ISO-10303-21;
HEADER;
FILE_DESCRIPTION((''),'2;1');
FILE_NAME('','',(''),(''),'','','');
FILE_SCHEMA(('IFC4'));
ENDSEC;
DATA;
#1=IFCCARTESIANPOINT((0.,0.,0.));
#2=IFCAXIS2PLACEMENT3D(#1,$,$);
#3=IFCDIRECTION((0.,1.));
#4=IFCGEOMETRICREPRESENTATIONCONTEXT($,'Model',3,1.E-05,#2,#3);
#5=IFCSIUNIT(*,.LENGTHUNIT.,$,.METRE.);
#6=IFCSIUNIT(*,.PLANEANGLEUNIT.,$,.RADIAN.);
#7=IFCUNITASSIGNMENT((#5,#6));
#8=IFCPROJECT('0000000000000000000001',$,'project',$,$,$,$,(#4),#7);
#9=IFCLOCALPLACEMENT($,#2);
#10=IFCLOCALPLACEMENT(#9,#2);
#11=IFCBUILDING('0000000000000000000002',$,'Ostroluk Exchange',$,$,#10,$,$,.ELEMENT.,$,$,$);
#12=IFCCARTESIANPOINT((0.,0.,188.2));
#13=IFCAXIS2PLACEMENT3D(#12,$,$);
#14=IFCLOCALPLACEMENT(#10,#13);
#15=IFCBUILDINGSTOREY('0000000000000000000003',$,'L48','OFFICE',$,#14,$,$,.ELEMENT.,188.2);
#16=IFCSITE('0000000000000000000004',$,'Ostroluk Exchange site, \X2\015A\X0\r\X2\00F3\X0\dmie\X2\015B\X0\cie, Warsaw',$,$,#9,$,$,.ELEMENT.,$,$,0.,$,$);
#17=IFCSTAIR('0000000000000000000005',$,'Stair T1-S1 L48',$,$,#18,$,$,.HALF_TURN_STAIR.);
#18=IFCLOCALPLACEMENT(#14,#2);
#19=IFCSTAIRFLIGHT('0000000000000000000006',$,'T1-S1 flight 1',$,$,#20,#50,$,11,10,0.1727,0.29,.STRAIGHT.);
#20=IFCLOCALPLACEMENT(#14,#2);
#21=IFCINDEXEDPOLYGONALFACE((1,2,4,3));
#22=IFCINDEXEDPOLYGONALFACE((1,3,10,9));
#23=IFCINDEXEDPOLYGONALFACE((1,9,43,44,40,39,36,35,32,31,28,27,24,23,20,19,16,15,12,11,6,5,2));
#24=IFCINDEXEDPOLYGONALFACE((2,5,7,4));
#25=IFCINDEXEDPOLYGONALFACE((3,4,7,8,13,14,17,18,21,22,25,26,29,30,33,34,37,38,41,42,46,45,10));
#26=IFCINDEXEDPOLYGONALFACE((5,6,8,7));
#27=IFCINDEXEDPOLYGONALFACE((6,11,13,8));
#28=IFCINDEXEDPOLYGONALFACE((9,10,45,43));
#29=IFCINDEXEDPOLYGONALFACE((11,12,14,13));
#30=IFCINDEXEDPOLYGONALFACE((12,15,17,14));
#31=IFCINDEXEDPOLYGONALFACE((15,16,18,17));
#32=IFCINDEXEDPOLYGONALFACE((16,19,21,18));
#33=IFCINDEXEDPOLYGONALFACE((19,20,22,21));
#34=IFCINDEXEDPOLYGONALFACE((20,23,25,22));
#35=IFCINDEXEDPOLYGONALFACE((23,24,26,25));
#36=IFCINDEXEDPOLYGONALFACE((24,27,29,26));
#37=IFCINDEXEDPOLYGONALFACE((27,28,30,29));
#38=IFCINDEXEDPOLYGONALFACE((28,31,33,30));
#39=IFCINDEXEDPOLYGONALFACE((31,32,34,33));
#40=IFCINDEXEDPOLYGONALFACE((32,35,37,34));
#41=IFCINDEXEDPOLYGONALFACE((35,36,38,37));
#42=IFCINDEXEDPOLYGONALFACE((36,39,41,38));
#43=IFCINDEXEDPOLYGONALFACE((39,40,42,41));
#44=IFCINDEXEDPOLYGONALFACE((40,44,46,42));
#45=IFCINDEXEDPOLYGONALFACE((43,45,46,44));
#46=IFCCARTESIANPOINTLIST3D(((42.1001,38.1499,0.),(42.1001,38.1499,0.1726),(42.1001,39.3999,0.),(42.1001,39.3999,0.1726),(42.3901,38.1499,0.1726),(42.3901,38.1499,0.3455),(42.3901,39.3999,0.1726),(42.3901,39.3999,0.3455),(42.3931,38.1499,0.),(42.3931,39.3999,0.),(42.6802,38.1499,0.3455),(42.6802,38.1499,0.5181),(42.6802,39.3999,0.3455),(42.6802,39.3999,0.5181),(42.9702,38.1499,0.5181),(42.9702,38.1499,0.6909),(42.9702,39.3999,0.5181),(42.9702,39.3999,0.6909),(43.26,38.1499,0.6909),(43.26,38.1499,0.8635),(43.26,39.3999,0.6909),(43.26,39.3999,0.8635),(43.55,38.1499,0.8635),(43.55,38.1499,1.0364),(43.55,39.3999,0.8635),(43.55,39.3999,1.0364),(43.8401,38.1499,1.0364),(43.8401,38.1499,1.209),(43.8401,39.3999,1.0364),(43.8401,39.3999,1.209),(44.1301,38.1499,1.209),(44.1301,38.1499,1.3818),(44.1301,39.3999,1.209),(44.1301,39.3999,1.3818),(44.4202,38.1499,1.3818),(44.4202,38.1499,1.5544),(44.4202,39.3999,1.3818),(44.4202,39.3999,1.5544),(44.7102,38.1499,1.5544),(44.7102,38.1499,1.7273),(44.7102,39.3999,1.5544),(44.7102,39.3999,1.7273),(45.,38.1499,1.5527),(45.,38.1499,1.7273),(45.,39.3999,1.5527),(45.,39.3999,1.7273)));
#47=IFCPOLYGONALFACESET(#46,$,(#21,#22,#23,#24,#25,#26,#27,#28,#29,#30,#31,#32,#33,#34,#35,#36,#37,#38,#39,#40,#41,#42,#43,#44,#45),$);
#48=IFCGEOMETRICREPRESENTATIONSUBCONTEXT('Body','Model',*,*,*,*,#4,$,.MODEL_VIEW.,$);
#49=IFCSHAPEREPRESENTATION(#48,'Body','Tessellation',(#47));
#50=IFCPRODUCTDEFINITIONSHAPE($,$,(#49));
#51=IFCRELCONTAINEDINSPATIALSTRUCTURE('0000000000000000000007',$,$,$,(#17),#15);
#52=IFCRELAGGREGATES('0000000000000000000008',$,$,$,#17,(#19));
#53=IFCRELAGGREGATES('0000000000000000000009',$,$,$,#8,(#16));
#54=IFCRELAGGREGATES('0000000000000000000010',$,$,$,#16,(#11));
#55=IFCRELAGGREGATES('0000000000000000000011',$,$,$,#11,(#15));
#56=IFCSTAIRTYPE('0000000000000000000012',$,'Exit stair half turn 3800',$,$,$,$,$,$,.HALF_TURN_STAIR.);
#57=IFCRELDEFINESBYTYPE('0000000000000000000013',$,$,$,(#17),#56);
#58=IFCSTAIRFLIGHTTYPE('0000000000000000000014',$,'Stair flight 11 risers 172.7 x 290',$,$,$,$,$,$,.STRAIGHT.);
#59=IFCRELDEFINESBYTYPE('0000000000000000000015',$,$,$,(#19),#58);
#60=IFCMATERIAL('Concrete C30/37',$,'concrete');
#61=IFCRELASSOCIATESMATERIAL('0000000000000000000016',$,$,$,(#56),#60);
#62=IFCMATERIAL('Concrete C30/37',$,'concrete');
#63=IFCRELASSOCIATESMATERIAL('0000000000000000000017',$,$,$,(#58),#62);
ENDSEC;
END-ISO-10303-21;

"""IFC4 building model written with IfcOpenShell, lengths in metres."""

from ifc_helpers import new_model, si_unit, direction, frame, origin, place, context, subcontext, project, spatial, polyline, outline, extrude, material, type_object, element, aggregate, save


model = new_model("IFC4")

# Units and contexts
model_context = context("Model", 3, precision=1e-05, world=origin(), true_north=direction((0.0, 1.0)))
body_context = subcontext(model_context, "Body", "Model", "MODEL_VIEW")
ifc_project = project(units=[si_unit("LENGTHUNIT", "METRE"), si_unit("PLANEANGLEUNIT", "RADIAN")], contexts=[model_context])

# Site, building, storey
site_placement = place(None, origin())
site = spatial("IfcSite", under=ifc_project, at=site_placement, Name="Ostroluk Exchange site, Śródmieście, Warsaw", CompositionType="ELEMENT", RefElevation=0.0)
building_placement = place(site_placement, origin())
building = spatial("IfcBuilding", under=site, at=building_placement, Name="Ostroluk Exchange", CompositionType="ELEMENT")
storey_placement = place(building_placement, frame((0.0, 0.0, 188.2)))
storey = spatial("IfcBuildingStorey", under=building, at=storey_placement, Name="L48", Description="OFFICE", CompositionType="ELEMENT", Elevation=188.2)

# Stair, stair flight
ifc_material_1 = material(Name="Concrete C30/37", Category="concrete")
stair_type = type_object("IfcStairType", Name="Exit stair half turn 3800", PredefinedType="HALF_TURN_STAIR", material=ifc_material_1)
stair_placement = place(storey_placement, origin())
stair = element("IfcStair", 1, at=stair_placement, inside=storey, type_object=stair_type, Name="Stair T1-S1 L48", PredefinedType="HALF_TURN_STAIR")
ifc_material_2 = material(Name="Concrete C30/37", Category="concrete")
stair_flight_type = type_object("IfcStairFlightType", Name="Stair flight 11 risers 172.7 x 290", PredefinedType="STRAIGHT", material=ifc_material_2)
stair_flight_placement = place(storey_placement, frame((42.1001, 38.7749, 0.0), z_axis=(0.0, 0.0, 1.0), x_axis=(1.0, 0.0, 0.0)))
stair_flight = element("IfcStairFlight", 2, at=stair_flight_placement, type_object=stair_flight_type, Name="T1-S1 flight 1", NumberOfRisers=11, NumberOfTreads=10, PredefinedType="STRAIGHT", RiserHeight=0.1727, TreadLength=0.29, context=body_context, shape_type="SweptSolid", body=[
    extrude(outline(polyline([(0.0, 0.0), (0.0, 0.1726), (0.29, 0.1726), (0.29, 0.3455), (0.5801, 0.3455), (0.5801, 0.5181), (0.8701, 0.5181), (0.8701, 0.6909), (1.1599, 0.6909), (1.1599, 0.8635), (1.45, 0.8635), (1.45, 1.0364), (1.74, 1.0364), (1.74, 1.209), (2.03, 1.209), (2.03, 1.3818), (2.3201, 1.3818), (2.3201, 1.5544), (2.6101, 1.5544), (2.6101, 1.7273), (2.8999, 1.7273), (2.8999, 1.8999), (2.8999, 1.5527), (0.293, 0.0), (0.0, 0.0)])), frame((0.0, 0.625, 0.0), z_axis=(0.0, -1.0, 0.0), x_axis=(1.0, 0.0, 0.0)), (0.0, 0.0, 1.0), 1.25),
])
aggregate(stair, [stair_flight])

save(model, "model.ifc")
